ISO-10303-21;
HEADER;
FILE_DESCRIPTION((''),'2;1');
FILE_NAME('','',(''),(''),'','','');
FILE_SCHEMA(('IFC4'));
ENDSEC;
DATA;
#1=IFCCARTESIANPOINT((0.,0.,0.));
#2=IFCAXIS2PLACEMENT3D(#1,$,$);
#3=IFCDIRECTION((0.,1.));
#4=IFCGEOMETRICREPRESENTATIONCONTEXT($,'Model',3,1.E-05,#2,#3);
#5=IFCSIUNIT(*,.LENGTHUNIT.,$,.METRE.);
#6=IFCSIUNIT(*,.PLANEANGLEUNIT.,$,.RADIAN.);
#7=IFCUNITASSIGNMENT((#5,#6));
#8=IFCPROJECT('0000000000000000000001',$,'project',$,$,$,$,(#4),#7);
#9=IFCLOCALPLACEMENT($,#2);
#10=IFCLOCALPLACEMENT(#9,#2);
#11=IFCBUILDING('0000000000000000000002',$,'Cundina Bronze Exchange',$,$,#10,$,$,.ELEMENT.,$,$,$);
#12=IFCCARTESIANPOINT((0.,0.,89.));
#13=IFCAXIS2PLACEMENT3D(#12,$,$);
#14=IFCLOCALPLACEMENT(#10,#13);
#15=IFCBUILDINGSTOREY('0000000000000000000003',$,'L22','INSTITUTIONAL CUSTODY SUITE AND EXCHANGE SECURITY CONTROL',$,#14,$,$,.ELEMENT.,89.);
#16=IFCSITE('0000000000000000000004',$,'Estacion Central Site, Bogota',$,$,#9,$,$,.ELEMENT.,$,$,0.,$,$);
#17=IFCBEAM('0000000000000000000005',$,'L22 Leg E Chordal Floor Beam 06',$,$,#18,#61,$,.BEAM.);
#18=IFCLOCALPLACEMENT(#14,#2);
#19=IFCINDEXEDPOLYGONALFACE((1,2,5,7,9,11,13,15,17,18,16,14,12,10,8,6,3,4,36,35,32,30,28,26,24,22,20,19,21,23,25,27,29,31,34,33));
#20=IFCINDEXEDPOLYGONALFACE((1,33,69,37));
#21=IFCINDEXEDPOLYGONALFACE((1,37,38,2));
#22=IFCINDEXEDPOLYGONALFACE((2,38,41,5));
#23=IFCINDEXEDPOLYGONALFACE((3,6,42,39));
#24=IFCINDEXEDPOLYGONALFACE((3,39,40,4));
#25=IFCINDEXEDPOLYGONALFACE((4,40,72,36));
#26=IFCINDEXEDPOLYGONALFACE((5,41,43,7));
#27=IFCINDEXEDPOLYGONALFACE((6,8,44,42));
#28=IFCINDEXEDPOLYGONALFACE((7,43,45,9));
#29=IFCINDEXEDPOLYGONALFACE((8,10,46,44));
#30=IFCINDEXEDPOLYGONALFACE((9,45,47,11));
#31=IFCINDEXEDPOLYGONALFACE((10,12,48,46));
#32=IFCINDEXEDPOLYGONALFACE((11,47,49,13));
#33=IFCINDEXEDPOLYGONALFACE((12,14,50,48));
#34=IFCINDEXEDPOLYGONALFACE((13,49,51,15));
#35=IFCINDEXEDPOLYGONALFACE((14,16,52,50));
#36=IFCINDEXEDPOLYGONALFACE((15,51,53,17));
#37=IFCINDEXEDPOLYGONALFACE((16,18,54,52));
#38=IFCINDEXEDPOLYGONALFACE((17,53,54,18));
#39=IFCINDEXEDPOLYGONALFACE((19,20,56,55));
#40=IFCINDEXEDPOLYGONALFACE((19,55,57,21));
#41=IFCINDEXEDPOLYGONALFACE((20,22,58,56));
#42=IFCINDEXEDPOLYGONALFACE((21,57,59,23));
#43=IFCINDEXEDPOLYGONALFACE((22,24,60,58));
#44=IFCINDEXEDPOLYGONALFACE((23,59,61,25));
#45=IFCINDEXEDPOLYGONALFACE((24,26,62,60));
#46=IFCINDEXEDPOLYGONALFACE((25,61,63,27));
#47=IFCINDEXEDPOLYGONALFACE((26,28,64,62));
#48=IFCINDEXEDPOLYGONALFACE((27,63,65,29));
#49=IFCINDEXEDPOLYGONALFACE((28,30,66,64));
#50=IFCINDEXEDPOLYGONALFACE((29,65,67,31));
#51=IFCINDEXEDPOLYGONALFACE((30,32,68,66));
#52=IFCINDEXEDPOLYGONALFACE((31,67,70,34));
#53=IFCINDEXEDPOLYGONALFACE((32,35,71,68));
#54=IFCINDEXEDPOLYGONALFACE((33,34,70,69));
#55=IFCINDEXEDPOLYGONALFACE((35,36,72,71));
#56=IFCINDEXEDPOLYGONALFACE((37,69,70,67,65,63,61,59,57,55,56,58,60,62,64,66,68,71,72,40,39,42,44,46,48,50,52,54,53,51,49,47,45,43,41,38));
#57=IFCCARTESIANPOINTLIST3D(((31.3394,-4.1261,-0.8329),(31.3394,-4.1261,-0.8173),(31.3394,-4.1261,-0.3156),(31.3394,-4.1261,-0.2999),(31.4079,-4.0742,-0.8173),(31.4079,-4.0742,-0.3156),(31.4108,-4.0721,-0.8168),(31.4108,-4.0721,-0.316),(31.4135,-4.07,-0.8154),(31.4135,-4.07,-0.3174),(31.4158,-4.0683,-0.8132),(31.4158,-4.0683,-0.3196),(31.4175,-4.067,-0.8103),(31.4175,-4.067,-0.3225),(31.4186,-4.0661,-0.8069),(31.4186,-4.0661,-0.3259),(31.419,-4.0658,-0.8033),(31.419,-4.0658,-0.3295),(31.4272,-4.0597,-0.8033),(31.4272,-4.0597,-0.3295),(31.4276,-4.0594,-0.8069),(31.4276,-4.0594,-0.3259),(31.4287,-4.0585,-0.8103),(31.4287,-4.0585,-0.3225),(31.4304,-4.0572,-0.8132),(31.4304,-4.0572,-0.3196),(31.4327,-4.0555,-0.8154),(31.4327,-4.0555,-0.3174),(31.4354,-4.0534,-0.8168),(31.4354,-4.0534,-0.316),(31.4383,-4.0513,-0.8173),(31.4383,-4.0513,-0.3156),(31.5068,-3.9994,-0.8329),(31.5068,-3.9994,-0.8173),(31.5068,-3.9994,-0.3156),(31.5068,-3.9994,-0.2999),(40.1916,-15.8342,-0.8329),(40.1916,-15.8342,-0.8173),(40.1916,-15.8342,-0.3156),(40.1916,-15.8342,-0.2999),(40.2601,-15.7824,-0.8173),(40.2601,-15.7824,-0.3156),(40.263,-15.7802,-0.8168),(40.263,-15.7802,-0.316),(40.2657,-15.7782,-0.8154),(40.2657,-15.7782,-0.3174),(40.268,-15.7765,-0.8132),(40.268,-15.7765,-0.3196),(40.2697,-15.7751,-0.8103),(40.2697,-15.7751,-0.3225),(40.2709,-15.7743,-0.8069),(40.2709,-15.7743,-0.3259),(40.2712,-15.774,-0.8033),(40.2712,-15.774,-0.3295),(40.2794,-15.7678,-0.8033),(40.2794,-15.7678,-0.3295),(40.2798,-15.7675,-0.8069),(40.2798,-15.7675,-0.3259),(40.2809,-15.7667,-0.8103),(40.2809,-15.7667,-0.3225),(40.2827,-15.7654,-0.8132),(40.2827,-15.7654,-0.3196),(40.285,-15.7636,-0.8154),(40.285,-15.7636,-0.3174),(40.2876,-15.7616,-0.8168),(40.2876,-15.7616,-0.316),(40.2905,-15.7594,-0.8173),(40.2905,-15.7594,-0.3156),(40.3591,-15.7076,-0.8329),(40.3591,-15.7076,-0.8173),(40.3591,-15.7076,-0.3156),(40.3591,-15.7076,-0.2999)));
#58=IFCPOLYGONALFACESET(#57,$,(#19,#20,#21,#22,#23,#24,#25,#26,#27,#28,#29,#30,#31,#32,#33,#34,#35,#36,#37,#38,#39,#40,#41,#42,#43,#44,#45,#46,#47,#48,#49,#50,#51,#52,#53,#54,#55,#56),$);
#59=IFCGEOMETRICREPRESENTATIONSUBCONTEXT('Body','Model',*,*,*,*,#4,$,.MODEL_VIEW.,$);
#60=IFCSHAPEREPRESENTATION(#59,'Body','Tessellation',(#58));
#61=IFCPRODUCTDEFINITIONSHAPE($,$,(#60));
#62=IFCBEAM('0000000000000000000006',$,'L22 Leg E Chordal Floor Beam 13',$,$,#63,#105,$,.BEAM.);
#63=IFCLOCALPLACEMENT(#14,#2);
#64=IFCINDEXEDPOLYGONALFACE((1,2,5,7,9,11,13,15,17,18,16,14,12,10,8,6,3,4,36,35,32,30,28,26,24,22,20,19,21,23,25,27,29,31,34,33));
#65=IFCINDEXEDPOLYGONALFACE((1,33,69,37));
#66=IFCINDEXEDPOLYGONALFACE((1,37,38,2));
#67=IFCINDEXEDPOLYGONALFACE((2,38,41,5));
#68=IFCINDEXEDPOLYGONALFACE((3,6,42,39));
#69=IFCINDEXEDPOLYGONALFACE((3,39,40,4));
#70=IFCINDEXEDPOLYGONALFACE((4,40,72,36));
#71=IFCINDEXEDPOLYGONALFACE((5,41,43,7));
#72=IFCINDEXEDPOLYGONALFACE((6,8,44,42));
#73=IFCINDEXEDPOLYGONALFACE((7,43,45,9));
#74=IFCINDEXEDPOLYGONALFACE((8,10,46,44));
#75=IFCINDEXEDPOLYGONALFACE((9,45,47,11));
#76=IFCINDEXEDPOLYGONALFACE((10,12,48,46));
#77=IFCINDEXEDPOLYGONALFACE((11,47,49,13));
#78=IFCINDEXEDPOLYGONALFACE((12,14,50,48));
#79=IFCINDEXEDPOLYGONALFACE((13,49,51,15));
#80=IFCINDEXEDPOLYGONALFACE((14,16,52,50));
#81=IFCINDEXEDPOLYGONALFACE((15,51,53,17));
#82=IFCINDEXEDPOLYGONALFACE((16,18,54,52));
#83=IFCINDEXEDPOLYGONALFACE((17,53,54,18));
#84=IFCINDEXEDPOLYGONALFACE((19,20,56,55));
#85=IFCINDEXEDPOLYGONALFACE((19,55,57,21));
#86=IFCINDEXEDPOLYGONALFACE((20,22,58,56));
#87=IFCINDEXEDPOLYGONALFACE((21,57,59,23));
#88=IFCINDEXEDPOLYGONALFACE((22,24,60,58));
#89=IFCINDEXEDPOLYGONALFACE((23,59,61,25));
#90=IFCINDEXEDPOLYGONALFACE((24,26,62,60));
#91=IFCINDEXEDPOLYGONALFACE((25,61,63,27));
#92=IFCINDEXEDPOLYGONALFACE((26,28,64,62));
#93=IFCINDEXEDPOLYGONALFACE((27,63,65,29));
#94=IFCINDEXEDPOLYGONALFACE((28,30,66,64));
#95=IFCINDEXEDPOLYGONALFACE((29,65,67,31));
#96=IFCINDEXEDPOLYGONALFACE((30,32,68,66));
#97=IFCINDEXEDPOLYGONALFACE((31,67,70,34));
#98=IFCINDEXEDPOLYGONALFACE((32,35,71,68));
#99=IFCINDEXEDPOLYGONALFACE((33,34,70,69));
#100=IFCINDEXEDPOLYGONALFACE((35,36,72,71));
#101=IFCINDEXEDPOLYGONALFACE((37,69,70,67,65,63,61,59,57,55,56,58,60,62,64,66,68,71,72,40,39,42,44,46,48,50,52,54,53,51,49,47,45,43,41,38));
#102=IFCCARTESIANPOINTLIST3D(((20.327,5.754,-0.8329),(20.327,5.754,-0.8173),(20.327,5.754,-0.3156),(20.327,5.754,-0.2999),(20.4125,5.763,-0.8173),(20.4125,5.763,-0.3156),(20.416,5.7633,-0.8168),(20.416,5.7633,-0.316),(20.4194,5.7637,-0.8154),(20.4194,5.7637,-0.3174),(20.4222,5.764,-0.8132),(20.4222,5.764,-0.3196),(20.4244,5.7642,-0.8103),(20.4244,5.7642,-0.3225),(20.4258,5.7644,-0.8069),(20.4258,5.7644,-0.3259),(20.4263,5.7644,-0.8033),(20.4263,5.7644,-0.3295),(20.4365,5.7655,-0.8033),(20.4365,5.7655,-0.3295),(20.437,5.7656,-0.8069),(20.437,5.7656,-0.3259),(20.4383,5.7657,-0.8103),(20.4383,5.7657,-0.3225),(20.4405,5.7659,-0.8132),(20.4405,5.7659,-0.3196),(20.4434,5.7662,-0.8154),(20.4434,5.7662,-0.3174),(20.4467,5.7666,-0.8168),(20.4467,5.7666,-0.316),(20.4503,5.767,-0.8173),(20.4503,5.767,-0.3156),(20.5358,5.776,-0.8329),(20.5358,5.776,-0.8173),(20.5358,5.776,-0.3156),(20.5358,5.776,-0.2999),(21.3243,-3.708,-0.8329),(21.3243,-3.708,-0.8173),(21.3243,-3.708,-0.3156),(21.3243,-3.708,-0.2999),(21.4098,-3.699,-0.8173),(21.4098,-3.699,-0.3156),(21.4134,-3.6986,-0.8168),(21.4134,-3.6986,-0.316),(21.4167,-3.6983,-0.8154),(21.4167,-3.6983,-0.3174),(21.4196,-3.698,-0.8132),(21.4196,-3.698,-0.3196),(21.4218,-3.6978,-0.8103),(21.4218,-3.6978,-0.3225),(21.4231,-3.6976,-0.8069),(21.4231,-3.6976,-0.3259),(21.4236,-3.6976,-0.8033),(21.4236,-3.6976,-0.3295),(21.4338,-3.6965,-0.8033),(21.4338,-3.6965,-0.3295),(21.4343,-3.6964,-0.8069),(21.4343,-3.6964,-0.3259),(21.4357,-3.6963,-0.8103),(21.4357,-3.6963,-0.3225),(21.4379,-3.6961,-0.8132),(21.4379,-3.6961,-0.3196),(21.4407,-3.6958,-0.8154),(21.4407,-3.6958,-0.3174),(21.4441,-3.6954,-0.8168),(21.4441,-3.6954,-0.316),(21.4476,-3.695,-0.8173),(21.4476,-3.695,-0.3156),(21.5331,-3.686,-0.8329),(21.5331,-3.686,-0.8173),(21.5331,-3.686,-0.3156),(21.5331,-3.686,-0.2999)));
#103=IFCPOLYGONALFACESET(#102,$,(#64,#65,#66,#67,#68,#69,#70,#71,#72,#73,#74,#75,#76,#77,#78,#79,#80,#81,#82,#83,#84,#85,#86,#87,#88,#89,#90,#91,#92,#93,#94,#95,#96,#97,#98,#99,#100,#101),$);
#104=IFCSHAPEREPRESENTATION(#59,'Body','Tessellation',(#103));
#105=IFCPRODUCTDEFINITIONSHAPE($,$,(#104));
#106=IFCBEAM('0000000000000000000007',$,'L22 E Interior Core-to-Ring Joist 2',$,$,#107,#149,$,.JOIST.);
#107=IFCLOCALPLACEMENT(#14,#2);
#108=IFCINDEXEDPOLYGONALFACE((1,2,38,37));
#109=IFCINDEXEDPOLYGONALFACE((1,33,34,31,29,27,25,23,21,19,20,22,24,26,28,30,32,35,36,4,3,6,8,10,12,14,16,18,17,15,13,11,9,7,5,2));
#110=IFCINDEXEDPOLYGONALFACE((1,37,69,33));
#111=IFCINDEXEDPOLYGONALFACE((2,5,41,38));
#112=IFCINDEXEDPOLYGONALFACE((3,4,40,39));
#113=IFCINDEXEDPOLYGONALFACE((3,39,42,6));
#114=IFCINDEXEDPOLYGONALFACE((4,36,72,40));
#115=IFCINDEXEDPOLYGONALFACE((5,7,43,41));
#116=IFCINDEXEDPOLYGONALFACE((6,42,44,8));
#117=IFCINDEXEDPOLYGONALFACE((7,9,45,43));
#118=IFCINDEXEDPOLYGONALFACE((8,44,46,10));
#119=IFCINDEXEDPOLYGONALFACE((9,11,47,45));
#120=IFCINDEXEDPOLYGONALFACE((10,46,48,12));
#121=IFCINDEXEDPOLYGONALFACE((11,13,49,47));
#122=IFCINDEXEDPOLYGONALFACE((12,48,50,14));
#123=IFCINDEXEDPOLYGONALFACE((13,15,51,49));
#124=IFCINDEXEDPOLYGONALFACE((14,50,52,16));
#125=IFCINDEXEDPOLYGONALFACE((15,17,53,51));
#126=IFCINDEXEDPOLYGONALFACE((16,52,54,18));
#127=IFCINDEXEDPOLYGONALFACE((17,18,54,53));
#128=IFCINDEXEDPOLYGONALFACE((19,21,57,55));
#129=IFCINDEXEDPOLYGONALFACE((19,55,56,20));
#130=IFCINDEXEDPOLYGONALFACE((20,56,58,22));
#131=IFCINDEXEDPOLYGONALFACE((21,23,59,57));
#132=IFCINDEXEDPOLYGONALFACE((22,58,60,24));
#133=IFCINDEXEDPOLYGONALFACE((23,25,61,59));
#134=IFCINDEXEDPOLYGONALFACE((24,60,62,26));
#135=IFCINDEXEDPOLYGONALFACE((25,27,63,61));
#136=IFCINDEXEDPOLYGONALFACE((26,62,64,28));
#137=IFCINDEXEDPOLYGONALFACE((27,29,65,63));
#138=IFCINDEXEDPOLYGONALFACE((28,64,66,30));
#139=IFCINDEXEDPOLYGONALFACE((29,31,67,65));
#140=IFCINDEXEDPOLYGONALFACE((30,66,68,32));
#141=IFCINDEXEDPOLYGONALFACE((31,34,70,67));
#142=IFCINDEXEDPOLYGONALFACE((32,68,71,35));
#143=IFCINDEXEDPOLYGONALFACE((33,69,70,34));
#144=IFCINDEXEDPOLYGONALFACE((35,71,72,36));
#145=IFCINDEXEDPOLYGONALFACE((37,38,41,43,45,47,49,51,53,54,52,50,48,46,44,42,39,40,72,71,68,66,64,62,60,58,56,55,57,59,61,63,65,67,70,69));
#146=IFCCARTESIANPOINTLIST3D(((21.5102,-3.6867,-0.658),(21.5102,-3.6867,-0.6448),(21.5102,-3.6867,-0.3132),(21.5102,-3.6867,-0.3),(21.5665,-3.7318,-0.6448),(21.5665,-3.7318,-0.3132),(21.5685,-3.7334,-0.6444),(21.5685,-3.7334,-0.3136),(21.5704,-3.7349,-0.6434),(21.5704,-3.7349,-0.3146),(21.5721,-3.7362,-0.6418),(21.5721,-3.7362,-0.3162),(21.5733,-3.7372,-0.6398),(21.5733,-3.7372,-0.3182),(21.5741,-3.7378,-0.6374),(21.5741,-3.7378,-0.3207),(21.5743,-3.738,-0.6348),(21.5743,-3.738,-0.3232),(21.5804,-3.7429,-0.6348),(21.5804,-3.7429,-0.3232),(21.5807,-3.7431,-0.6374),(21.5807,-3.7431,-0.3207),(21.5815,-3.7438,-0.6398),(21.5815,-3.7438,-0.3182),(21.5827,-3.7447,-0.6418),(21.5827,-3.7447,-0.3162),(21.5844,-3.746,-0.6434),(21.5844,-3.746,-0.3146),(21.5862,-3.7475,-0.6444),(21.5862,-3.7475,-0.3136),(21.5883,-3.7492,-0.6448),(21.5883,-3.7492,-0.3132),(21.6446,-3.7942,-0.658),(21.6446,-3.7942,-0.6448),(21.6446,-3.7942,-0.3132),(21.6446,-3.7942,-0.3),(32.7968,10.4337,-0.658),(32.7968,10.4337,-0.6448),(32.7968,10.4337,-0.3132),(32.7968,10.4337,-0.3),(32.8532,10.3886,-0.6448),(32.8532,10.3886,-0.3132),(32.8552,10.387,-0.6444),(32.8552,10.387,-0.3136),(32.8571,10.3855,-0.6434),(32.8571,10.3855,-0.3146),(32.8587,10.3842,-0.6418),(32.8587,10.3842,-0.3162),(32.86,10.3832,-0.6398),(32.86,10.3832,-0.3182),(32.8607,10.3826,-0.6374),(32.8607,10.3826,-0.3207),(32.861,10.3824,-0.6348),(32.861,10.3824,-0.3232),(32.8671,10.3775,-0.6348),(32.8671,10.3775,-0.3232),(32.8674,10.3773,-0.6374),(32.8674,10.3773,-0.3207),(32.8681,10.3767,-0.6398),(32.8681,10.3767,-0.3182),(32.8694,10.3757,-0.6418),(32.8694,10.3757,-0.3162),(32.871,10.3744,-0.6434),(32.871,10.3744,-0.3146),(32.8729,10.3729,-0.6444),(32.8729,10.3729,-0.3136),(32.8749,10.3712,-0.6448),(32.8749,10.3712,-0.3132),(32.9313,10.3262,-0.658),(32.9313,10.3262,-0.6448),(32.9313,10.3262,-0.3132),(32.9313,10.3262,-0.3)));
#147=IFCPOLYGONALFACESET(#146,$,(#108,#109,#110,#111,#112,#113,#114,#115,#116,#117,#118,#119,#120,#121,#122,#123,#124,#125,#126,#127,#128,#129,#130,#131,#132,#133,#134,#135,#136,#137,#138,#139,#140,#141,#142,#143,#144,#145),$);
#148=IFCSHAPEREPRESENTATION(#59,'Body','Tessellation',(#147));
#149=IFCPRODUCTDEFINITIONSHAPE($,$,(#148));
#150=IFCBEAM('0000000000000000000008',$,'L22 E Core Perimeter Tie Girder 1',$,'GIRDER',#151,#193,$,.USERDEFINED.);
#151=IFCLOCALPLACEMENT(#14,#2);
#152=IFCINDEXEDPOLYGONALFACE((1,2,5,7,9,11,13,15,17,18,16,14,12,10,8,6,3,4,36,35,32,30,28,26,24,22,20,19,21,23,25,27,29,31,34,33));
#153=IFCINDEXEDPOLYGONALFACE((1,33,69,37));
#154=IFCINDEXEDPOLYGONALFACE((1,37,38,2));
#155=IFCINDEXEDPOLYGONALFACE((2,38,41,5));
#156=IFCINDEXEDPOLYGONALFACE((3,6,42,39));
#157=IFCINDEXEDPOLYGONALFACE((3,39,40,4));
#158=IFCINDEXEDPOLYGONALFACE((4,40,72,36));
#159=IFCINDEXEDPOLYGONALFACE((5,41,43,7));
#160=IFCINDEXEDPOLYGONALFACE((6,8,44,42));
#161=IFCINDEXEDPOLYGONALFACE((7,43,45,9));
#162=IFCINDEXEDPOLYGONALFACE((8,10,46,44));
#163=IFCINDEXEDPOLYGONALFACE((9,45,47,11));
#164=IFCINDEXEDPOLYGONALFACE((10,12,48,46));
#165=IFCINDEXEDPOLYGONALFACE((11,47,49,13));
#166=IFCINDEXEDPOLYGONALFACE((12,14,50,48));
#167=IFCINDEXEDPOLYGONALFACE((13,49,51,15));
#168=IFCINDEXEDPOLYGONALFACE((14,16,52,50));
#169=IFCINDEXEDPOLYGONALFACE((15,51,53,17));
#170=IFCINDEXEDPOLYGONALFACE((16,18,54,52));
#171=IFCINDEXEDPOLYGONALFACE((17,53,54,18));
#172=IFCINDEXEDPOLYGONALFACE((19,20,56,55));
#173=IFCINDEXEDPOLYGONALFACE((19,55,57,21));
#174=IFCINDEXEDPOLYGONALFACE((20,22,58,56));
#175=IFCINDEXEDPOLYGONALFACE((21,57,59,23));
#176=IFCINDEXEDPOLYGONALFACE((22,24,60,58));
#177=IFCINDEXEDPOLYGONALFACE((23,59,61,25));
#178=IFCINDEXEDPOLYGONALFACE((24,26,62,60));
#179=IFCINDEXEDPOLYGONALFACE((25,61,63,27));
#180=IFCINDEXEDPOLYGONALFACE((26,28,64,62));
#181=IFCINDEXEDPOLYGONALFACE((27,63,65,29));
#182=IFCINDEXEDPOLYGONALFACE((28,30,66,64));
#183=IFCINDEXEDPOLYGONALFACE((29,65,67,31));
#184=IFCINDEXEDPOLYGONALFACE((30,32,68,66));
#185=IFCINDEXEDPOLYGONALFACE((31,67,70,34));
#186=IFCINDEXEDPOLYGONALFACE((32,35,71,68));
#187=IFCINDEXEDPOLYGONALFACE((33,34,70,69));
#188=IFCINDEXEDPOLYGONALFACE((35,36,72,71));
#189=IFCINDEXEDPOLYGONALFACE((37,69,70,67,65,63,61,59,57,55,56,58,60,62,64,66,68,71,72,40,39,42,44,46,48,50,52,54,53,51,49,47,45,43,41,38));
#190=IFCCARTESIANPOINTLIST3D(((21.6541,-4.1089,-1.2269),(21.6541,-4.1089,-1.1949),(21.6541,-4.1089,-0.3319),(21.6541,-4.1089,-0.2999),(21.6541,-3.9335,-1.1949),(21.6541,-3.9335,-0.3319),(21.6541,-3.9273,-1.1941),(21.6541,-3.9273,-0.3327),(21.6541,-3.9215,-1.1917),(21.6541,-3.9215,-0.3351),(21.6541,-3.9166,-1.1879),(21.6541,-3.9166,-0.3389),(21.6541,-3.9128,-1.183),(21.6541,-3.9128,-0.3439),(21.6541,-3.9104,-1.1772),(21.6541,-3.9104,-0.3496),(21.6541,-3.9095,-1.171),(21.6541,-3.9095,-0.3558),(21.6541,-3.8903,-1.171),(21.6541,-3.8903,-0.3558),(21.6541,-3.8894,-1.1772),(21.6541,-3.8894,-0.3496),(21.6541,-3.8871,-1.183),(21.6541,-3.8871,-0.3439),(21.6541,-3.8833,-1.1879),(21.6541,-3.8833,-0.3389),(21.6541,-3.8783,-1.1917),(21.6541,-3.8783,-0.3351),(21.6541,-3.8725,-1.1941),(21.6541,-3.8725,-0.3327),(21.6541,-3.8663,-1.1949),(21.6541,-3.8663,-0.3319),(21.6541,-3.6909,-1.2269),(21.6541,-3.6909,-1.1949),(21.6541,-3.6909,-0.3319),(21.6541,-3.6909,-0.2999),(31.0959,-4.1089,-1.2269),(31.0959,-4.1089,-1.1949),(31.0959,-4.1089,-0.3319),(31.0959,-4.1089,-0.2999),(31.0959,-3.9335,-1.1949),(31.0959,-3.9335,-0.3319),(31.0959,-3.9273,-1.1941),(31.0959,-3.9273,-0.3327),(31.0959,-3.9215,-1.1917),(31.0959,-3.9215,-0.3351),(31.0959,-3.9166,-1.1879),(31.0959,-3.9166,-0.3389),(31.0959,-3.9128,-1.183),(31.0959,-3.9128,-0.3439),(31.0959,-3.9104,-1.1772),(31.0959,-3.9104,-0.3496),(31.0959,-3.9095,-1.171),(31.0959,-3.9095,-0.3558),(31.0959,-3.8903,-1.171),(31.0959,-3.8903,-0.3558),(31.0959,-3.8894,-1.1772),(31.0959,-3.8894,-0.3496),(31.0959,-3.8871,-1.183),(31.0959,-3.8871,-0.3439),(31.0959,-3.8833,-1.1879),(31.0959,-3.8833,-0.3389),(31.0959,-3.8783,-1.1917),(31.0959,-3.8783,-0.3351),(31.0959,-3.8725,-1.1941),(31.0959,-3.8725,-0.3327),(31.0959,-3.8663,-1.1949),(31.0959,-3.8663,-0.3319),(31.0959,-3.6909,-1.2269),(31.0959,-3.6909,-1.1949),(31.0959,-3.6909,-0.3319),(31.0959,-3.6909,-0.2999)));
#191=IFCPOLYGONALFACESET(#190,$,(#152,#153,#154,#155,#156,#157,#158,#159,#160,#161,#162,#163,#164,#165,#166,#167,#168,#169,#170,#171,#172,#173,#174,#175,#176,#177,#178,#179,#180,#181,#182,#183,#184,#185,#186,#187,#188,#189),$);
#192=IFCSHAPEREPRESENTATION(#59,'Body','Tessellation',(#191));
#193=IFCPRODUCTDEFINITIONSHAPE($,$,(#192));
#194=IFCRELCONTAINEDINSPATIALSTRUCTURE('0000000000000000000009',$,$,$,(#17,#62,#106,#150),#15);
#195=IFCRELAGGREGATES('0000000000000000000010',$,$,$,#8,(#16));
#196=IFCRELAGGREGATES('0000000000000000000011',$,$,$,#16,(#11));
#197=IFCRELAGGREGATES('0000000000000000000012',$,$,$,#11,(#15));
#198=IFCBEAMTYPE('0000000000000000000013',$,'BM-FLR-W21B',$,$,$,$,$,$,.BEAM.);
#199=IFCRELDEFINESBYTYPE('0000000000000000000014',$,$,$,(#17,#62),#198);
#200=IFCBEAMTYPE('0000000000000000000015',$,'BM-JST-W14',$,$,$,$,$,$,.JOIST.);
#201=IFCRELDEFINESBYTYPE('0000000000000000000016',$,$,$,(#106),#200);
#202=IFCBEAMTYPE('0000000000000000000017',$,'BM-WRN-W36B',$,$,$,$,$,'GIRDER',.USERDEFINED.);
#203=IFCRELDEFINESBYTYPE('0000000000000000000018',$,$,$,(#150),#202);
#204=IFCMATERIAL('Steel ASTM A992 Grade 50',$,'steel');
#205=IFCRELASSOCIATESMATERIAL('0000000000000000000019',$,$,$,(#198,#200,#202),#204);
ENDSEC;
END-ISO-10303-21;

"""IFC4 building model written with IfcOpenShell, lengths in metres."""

from ifc_helpers import new_model, si_unit, direction, frame, origin, origin_2d, place, context, subcontext, project, spatial, i_section, extrude, material, material_profile, profile_set, type_object, element, save


model = new_model("IFC4")

# Units and contexts
model_context = context("Model", 3, precision=1e-05, world=origin(), true_north=direction((0.0, 1.0)))
body_context = subcontext(model_context, "Body", "Model", "MODEL_VIEW")
ifc_project = project(units=[si_unit("LENGTHUNIT", "METRE"), si_unit("PLANEANGLEUNIT", "RADIAN")], contexts=[model_context])

# Site, building, storey
site_placement = place(None, origin())
site = spatial("IfcSite", under=ifc_project, at=site_placement, Name="Estacion Central Site, Bogota", CompositionType="ELEMENT", RefElevation=0.0)
building_placement = place(site_placement, origin())
building = spatial("IfcBuilding", under=site, at=building_placement, Name="Cundina Bronze Exchange", CompositionType="ELEMENT")
storey_placement = place(building_placement, frame((0.0, 0.0, 89.0)))
storey = spatial("IfcBuildingStorey", under=building, at=storey_placement, Name="L22", Description="INSTITUTIONAL CUSTODY SUITE AND EXCHANGE SECURITY CONTROL", CompositionType="ELEMENT", Elevation=89.0)

# Shared definitions
ifc_material_1 = material(Name="Steel ASTM A992 Grade 50", Category="steel")

# Beams
ifc_material_profile_1 = material_profile(ifc_material_1, i_section(OverallWidth=0.21, OverallDepth=0.533, WebThickness=0.0103, FlangeThickness=0.0156, FilletRadius=0.0139, at=origin_2d()), Name="W21X62", Category="steel")
ifc_profile_set_1 = profile_set([ifc_material_profile_1], Name="Steel ASTM A992 Grade 50")
beam_type_1 = type_object("IfcBeamType", Name="BM-FLR-W21B", PredefinedType="BEAM", material=ifc_profile_set_1)
beam_1_placement = place(storey_placement, frame((31.4231, -4.0627, -0.5664), z_axis=(0.603096, -0.797669, 0.0), x_axis=(0.797669, 0.603096, 0.0)))
element("IfcBeam", 1, at=beam_1_placement, inside=storey, type_object=beam_type_1, Name="L22 Leg E Chordal Floor Beam 06", PredefinedType="BEAM", context=body_context, shape_type="SweptSolid", body=[
    extrude(i_section(OverallWidth=0.21, OverallDepth=0.533, WebThickness=0.0103, FlangeThickness=0.0156, FilletRadius=0.0139, at=origin_2d()), origin(), (0.0, 0.0, 1.0), 14.678),
])
beam_2_placement = place(storey_placement, frame((21.4287, -3.697, -0.5664), z_axis=(-0.104822, 0.994491, 0.0), x_axis=(-0.994491, -0.104822, 0.0)))
element("IfcBeam", 2, at=beam_2_placement, inside=storey, type_object=beam_type_1, Name="L22 Leg E Chordal Floor Beam 13", PredefinedType="BEAM", context=body_context, shape_type="SweptSolid", body=[
    extrude(i_section(OverallWidth=0.21, OverallDepth=0.533, WebThickness=0.0103, FlangeThickness=0.0156, FilletRadius=0.0139, at=origin_2d()), origin(), (0.0, 0.0, 1.0), 9.5144),
])
ifc_material_profile_2 = material_profile(ifc_material_1, i_section(OverallWidth=0.1721, OverallDepth=0.3579, WebThickness=0.0078, FlangeThickness=0.0132, FilletRadius=0.01, at=origin_2d()), Name="W14X38", Category="steel")
ifc_profile_set_2 = profile_set([ifc_material_profile_2], Name="Steel ASTM A992 Grade 50")
beam_type_2 = type_object("IfcBeamType", Name="BM-JST-W14", PredefinedType="JOIST", material=ifc_profile_set_2)
beam_3_placement = place(storey_placement, frame((21.5774, -3.7405, -0.479), z_axis=(0.624369, 0.78113, 0.0), x_axis=(-0.78113, 0.624369, 0.0)))
element("IfcBeam", 3, at=beam_3_placement, inside=storey, type_object=beam_type_2, Name="L22 E Interior Core-to-Ring Joist 2", PredefinedType="JOIST", context=body_context, shape_type="SweptSolid", body=[
    extrude(i_section(OverallWidth=0.1721, OverallDepth=0.3579, WebThickness=0.0078, FlangeThickness=0.0132, FilletRadius=0.01, at=origin_2d()), origin(), (0.0, 0.0, 1.0), 18.0769),
])
ifc_material_profile_3 = material_profile(ifc_material_1, i_section(OverallWidth=0.418, OverallDepth=0.927, WebThickness=0.0193, FlangeThickness=0.032, FilletRadius=0.0239, at=origin_2d()), Name="W36X231", Category="steel")
ifc_profile_set_3 = profile_set([ifc_material_profile_3], Name="Steel ASTM A992 Grade 50")
beam_type_3 = type_object("IfcBeamType", Name="BM-WRN-W36B", ElementType="GIRDER", PredefinedType="USERDEFINED", material=ifc_profile_set_3)
beam_4_placement = place(storey_placement, frame((31.0959, -3.8999, -0.7634), z_axis=(-1.0, 0.0, 0.0), x_axis=(0.0, -1.0, 0.0)))
element("IfcBeam", 4, at=beam_4_placement, inside=storey, type_object=beam_type_3, Name="L22 E Core Perimeter Tie Girder 1", ObjectType="GIRDER", PredefinedType="USERDEFINED", context=body_context, shape_type="SweptSolid", body=[
    extrude(i_section(OverallWidth=0.418, OverallDepth=0.927, WebThickness=0.0193, FlangeThickness=0.032, FilletRadius=0.0239, at=origin_2d()), origin(), (0.0, 0.0, 1.0), 9.4419),
])

save(model, "model.ifc")
